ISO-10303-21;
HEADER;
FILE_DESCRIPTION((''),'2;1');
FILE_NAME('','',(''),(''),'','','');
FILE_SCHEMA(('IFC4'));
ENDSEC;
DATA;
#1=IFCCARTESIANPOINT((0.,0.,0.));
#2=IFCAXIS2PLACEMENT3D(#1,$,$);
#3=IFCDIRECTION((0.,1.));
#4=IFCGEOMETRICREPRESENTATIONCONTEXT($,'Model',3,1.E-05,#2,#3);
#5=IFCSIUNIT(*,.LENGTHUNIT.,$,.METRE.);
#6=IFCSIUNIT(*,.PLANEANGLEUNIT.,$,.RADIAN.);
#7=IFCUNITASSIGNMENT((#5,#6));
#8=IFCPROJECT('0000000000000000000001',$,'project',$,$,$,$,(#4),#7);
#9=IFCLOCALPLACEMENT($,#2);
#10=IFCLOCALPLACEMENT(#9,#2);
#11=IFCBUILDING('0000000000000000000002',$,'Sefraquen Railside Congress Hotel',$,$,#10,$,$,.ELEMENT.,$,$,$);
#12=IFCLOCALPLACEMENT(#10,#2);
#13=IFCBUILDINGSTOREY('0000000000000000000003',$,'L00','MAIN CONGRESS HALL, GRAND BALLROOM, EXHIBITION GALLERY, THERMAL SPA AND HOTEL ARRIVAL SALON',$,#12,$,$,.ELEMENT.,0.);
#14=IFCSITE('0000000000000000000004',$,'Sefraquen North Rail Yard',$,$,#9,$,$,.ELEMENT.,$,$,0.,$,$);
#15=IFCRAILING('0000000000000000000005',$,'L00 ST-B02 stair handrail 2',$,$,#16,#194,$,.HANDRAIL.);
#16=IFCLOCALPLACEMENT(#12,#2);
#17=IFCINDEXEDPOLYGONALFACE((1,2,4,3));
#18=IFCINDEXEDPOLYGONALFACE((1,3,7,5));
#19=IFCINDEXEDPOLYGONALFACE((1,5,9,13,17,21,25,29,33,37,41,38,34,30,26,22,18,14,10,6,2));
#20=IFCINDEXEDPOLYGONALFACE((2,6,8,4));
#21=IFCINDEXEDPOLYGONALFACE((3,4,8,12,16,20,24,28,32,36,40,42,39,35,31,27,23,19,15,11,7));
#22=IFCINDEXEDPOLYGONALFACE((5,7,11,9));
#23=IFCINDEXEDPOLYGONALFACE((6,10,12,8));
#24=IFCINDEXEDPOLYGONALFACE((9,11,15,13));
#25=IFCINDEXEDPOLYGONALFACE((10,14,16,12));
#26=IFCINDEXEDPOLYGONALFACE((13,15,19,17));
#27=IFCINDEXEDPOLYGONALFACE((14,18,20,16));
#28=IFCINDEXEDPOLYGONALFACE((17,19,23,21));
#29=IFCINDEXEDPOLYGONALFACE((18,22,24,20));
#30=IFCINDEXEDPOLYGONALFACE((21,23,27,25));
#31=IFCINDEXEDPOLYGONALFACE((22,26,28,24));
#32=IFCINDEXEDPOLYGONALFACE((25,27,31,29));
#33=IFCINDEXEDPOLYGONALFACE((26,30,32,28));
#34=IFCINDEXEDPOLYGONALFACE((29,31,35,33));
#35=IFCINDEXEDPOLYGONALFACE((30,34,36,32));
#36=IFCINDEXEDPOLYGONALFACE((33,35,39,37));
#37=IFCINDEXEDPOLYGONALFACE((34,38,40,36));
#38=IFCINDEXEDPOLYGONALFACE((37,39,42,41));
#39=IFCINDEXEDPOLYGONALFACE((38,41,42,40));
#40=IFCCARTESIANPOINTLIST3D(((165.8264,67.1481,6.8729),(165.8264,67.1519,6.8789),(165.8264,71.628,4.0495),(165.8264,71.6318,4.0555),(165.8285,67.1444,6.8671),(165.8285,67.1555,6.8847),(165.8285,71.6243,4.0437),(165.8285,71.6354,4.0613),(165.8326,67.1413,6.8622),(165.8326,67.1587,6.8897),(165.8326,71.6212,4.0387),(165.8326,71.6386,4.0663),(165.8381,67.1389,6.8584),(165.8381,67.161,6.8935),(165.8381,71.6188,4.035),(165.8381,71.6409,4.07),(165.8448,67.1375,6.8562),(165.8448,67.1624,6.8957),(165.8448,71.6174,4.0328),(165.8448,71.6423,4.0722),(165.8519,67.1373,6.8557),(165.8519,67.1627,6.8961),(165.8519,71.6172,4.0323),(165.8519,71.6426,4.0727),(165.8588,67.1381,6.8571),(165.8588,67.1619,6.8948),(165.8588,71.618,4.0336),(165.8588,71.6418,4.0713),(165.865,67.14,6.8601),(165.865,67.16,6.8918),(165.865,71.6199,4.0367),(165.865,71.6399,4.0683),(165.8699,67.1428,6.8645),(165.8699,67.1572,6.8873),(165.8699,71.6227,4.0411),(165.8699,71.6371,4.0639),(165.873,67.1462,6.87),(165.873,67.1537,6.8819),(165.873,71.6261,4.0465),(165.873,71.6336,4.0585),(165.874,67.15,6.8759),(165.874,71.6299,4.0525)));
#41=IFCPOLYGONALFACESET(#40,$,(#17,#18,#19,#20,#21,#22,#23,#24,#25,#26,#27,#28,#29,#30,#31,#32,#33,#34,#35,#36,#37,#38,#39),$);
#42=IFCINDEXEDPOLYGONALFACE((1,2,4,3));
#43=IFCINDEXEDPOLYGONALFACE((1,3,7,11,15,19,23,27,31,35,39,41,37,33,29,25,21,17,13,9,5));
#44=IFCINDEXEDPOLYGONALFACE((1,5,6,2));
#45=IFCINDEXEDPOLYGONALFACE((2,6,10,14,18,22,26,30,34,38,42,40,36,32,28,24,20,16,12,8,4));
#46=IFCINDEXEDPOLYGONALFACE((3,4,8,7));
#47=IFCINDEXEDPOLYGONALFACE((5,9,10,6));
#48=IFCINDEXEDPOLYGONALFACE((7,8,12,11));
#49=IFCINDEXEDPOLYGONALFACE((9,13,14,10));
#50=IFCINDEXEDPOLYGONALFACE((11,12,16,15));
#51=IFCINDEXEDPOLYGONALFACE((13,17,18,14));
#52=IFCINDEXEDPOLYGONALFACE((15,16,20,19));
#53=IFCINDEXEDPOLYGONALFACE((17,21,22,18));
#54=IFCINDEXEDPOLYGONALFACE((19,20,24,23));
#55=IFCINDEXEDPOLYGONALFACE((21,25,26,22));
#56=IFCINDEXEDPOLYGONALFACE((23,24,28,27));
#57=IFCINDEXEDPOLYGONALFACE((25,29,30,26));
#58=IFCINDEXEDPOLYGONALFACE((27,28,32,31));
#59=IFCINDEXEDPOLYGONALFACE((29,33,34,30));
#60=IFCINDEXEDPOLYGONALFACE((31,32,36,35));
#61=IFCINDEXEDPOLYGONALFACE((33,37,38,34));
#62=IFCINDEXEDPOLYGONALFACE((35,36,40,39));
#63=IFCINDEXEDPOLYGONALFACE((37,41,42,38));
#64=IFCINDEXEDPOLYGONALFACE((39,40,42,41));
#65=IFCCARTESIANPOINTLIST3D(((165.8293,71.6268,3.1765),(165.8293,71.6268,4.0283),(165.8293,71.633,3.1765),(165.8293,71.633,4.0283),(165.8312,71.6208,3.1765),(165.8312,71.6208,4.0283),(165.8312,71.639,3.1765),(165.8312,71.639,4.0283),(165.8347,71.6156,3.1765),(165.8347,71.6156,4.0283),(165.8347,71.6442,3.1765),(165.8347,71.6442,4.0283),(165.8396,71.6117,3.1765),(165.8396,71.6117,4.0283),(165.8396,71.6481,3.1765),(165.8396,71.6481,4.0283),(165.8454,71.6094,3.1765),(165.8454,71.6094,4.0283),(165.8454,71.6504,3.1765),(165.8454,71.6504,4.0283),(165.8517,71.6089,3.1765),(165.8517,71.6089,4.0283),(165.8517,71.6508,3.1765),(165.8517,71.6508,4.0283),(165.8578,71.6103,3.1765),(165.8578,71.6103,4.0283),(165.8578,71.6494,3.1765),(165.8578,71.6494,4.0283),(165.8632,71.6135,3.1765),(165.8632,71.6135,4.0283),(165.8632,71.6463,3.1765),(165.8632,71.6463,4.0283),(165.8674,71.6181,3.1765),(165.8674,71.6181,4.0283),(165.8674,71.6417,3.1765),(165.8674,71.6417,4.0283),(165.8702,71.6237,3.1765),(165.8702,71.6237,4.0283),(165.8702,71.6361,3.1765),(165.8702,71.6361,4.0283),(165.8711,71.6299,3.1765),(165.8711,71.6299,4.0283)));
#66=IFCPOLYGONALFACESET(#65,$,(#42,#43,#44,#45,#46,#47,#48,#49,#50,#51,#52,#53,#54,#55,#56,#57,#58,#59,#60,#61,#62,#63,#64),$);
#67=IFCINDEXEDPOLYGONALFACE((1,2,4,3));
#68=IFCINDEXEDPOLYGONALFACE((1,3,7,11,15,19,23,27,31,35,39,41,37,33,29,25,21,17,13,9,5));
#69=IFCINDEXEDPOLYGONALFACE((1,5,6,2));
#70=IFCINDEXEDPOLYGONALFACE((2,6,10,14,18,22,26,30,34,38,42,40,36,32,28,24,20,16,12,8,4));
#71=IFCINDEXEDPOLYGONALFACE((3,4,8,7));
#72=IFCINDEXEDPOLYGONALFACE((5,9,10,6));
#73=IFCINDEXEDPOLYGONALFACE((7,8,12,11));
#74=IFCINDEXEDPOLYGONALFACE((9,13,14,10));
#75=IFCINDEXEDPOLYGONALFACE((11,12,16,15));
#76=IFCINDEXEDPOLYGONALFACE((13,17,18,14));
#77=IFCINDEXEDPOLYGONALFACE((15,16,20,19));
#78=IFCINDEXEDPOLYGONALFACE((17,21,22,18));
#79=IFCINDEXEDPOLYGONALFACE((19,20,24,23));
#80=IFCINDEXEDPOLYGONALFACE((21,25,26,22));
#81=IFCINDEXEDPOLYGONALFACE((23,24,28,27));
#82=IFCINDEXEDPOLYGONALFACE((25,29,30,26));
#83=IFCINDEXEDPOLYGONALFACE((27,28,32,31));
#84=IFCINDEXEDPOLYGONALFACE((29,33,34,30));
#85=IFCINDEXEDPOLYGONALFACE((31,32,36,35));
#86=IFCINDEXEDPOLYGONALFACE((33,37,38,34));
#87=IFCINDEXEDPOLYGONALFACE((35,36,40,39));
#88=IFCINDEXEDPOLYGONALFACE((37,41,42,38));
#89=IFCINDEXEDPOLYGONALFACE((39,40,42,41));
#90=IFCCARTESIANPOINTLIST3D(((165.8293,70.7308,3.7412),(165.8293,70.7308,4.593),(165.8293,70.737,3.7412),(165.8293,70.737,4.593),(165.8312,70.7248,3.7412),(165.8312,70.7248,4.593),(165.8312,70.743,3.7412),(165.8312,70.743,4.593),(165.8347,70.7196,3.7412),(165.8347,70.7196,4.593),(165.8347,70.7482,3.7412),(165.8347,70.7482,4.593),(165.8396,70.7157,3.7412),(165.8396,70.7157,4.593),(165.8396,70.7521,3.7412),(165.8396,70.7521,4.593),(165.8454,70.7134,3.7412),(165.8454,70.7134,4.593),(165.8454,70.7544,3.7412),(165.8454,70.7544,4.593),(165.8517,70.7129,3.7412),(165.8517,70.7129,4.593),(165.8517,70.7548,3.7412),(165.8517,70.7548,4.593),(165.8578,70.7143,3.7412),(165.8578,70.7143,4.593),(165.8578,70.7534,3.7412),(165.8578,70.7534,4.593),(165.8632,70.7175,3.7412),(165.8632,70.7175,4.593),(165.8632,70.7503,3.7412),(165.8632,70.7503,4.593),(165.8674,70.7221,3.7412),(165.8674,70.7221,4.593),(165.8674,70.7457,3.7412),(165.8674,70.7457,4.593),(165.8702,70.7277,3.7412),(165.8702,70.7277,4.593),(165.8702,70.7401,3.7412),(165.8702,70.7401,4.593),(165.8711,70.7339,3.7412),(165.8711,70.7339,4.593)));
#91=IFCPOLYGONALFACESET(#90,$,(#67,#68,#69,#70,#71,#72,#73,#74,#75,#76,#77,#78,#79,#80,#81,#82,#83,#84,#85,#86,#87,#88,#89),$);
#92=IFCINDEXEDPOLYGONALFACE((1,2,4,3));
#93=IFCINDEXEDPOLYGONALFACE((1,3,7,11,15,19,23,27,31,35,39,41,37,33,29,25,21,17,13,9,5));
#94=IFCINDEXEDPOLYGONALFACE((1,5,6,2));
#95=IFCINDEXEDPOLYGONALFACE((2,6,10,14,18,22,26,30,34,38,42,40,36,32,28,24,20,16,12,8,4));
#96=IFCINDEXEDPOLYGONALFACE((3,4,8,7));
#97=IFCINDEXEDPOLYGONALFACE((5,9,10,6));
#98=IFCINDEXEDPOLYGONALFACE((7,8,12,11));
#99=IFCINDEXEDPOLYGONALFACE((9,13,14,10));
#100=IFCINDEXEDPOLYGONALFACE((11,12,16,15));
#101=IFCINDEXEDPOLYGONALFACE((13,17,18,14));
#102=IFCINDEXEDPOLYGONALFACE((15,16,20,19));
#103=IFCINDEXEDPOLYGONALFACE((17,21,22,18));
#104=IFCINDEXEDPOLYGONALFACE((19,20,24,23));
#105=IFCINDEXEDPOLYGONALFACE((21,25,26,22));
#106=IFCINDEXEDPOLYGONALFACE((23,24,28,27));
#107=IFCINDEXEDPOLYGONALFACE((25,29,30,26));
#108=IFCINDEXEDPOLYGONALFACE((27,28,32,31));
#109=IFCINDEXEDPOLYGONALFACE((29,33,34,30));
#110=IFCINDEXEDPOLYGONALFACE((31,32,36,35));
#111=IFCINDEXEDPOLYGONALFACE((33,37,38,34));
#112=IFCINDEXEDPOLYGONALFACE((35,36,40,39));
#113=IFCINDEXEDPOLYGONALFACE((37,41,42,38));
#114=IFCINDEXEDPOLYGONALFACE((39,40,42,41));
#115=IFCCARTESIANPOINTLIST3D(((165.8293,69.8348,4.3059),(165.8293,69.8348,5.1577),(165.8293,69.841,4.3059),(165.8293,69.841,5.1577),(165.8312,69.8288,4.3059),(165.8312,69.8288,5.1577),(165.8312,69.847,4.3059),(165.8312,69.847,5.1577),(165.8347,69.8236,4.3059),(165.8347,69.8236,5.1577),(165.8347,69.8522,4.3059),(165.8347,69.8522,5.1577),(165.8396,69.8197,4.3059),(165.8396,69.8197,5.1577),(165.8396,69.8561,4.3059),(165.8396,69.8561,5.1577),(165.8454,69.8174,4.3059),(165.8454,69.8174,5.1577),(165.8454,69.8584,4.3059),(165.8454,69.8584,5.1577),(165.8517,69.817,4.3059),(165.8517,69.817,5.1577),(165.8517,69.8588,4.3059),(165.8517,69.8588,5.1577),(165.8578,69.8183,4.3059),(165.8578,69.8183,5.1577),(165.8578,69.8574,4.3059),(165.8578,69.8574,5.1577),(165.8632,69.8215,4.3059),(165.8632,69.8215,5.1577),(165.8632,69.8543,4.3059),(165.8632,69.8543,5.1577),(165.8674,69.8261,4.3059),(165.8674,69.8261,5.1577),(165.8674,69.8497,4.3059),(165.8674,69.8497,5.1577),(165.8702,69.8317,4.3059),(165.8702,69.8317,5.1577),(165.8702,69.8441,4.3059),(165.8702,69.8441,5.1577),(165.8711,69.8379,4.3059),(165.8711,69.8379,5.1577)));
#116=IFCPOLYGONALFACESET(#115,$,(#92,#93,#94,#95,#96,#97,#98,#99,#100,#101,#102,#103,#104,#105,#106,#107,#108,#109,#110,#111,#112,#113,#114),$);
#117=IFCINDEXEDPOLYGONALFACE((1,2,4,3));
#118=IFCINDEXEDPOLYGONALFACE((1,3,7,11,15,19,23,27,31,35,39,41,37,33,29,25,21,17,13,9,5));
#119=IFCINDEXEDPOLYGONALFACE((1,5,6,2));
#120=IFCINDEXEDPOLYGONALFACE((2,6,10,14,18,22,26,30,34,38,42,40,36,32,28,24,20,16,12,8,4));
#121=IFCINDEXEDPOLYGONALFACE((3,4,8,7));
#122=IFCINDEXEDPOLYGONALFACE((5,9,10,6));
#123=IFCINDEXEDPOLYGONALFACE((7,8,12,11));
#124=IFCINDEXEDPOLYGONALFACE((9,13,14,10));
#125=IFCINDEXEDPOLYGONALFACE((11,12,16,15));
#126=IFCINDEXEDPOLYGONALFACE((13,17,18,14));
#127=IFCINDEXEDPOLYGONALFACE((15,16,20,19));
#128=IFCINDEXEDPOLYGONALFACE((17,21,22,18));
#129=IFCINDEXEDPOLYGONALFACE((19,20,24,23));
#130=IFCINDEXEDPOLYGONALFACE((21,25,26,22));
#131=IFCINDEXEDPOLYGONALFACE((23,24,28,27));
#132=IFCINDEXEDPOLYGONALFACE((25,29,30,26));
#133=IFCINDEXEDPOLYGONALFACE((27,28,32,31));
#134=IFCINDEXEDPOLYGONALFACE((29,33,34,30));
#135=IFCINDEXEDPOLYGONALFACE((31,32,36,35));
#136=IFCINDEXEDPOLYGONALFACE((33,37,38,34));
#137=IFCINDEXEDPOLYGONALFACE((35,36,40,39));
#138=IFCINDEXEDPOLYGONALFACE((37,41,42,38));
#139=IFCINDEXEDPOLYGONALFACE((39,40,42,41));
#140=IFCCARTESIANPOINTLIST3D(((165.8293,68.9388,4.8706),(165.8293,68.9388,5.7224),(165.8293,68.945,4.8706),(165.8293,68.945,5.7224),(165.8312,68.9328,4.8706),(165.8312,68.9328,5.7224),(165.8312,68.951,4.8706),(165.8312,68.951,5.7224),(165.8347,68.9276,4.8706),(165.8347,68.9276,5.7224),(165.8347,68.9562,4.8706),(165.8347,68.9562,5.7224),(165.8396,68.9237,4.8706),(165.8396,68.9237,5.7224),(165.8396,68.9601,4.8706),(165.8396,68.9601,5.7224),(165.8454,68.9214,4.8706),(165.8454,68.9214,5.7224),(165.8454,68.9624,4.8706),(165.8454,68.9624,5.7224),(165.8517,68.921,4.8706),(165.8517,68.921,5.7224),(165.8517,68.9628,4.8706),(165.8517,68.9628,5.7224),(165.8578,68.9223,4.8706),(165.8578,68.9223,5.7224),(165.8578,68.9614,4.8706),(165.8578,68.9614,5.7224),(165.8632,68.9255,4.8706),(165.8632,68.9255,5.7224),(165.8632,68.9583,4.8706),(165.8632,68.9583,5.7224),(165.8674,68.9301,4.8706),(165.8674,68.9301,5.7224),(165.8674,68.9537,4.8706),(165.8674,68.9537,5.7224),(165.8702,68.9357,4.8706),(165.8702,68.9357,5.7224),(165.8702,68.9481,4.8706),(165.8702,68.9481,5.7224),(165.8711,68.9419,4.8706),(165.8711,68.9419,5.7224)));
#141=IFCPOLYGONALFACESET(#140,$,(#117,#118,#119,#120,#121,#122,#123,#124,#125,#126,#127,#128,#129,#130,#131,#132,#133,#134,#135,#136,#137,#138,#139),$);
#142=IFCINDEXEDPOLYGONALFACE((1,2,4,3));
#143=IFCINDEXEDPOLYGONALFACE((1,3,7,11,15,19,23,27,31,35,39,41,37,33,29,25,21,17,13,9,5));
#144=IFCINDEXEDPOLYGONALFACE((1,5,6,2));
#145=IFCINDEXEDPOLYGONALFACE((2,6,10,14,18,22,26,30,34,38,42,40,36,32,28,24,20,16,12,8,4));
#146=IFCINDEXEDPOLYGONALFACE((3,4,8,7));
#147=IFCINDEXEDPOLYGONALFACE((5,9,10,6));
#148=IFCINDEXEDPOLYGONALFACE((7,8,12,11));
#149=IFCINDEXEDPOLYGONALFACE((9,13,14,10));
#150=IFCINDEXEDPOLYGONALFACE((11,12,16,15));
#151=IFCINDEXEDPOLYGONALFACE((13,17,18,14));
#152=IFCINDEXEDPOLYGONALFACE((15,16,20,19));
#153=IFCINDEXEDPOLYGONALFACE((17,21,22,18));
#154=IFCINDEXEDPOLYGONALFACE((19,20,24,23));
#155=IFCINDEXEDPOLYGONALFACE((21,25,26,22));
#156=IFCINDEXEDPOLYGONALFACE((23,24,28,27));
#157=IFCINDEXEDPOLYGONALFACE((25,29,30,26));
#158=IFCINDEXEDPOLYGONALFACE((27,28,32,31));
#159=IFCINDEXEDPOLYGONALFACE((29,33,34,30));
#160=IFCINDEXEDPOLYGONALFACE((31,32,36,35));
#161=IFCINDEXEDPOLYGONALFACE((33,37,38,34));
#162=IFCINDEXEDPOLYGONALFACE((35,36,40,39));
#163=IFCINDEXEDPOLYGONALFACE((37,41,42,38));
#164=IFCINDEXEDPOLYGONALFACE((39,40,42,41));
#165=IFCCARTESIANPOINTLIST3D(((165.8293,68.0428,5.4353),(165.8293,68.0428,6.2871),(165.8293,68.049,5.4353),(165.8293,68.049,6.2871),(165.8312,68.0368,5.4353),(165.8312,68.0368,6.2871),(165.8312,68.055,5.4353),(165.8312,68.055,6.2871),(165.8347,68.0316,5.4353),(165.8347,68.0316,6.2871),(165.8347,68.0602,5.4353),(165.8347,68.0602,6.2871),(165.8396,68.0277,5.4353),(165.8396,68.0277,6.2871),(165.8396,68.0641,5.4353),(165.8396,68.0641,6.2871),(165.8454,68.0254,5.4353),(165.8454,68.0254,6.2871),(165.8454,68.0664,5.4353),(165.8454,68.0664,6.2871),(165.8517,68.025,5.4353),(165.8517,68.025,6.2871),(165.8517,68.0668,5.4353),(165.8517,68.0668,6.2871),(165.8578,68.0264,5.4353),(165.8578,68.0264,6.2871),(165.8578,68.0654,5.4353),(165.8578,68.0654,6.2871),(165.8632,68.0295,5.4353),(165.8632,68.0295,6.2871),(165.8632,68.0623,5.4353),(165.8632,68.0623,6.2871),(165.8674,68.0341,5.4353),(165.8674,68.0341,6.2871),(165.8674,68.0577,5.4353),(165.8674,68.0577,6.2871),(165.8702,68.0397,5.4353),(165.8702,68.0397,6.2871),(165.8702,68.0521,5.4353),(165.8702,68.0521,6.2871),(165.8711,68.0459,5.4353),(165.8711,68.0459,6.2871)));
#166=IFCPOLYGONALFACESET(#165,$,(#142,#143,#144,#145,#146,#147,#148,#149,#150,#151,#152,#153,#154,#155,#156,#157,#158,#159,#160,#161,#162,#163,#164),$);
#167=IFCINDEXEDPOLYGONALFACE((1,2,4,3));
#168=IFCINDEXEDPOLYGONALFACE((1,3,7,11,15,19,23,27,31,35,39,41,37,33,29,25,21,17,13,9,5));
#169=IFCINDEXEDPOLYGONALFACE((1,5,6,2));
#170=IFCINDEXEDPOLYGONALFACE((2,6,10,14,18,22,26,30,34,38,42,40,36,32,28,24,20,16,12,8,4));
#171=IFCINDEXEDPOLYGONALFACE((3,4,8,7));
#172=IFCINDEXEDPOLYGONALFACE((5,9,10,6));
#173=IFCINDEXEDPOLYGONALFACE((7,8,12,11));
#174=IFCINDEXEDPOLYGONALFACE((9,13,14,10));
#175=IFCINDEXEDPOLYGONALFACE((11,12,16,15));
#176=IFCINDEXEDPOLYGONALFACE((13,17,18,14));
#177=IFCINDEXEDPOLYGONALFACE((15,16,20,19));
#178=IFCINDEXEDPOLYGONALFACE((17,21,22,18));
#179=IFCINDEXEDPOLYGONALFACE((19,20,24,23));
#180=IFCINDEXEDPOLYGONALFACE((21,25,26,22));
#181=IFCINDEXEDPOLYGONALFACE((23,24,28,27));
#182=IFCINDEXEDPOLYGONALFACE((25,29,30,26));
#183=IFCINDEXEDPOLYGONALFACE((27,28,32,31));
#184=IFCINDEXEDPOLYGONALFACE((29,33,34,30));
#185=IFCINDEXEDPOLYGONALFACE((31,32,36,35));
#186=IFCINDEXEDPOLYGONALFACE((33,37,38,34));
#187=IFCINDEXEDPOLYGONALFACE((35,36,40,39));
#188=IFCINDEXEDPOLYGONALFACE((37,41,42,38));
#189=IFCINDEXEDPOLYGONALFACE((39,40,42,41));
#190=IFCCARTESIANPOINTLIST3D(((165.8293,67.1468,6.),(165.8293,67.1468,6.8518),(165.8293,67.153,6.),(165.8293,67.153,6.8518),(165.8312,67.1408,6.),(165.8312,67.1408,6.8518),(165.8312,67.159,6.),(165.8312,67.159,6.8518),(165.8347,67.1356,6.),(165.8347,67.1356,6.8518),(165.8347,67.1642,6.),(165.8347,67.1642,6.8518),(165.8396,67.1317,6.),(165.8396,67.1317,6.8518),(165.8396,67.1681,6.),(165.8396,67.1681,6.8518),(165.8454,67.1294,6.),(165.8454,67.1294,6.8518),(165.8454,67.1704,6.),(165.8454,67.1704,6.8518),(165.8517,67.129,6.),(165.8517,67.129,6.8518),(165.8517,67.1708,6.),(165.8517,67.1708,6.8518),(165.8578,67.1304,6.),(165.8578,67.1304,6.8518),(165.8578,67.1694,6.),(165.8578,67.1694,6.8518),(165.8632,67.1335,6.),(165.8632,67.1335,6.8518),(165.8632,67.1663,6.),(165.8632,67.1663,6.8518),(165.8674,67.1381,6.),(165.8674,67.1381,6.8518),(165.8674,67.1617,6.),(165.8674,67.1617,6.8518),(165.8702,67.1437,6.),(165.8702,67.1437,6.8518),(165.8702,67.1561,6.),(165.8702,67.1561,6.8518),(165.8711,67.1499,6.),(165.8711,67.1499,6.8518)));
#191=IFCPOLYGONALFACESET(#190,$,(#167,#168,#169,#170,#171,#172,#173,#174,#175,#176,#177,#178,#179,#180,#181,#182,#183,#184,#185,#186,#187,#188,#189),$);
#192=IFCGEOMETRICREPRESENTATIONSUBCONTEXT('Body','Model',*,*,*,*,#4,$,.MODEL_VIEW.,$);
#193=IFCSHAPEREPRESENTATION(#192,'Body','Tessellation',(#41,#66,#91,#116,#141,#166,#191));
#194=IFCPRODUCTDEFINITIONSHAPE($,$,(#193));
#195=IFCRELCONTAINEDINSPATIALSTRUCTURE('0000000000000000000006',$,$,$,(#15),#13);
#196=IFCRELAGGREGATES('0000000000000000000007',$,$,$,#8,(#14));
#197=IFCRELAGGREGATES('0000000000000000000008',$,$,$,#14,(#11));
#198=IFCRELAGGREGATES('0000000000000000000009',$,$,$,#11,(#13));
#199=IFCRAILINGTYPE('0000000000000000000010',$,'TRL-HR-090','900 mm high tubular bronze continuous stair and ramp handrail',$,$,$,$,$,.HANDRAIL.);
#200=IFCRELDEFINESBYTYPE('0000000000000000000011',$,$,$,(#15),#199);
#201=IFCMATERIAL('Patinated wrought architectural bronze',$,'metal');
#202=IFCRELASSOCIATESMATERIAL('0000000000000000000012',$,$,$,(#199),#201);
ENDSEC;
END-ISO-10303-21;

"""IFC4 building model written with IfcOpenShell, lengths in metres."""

from ifc_helpers import new_model, si_unit, direction, frame, origin, origin_2d, place, context, subcontext, project, spatial, circle, extrude, material, type_object, element, save


model = new_model("IFC4")

# Units and contexts
model_context = context("Model", 3, precision=1e-05, world=origin(), true_north=direction((0.0, 1.0)))
body_context = subcontext(model_context, "Body", "Model", "MODEL_VIEW")
ifc_project = project(units=[si_unit("LENGTHUNIT", "METRE"), si_unit("PLANEANGLEUNIT", "RADIAN")], contexts=[model_context])

# Site, building, storey
site_placement = place(None, origin())
site = spatial("IfcSite", under=ifc_project, at=site_placement, Name="Sefraquen North Rail Yard", CompositionType="ELEMENT", RefElevation=0.0)
building_placement = place(site_placement, origin())
building = spatial("IfcBuilding", under=site, at=building_placement, Name="Sefraquen Railside Congress Hotel", CompositionType="ELEMENT")
storey_placement = place(building_placement, origin())
storey = spatial("IfcBuildingStorey", under=building, at=storey_placement, Name="L00", Description="MAIN CONGRESS HALL, GRAND BALLROOM, EXHIBITION GALLERY, THERMAL SPA AND HOTEL ARRIVAL SALON", CompositionType="ELEMENT", Elevation=0.0)

# Railing
ifc_material_1 = material(Name="Patinated wrought architectural bronze", Category="metal")
railing_type_1 = type_object("IfcRailingType", Name="TRL-HR-090", Description="900 mm high tubular bronze continuous stair and ramp handrail", PredefinedType="HANDRAIL", material=ifc_material_1)
railing_1_placement = place(storey_placement, frame((165.8501, 71.6299, 3.1765)))
element("IfcRailing", 1, at=railing_1_placement, inside=storey, type_object=railing_type_1, Name="L00 ST-B02 stair handrail 2", PredefinedType="HANDRAIL", context=body_context, shape_type="SweptSolid", body=[
    extrude(circle(Radius=0.0239, at=origin_2d()), frame((0.0, 0.0, 0.876), z_axis=(0.0, -0.845998, 0.533186), x_axis=(1.0, 0.0, 0.0)), (0.0, 0.0, 1.0), 5.2954),
    extrude(circle(Radius=0.021, at=origin_2d()), origin(), (0.0, 0.0, 1.0), 0.8518),
    extrude(circle(Radius=0.021, at=origin_2d()), frame((0.0, -0.896, 0.5647)), (0.0, 0.0, 1.0), 0.8518),
    extrude(circle(Radius=0.021, at=origin_2d()), frame((0.0, -1.792, 1.1294)), (0.0, 0.0, 1.0), 0.8518),
    extrude(circle(Radius=0.021, at=origin_2d()), frame((0.0, -2.688, 1.6941)), (0.0, 0.0, 1.0), 0.8518),
    extrude(circle(Radius=0.021, at=origin_2d()), frame((0.0, -3.584, 2.2588)), (0.0, 0.0, 1.0), 0.8518),
    extrude(circle(Radius=0.021, at=origin_2d()), frame((0.0, -4.48, 2.8235)), (0.0, 0.0, 1.0), 0.8518),
])

save(model, "model.ifc")
